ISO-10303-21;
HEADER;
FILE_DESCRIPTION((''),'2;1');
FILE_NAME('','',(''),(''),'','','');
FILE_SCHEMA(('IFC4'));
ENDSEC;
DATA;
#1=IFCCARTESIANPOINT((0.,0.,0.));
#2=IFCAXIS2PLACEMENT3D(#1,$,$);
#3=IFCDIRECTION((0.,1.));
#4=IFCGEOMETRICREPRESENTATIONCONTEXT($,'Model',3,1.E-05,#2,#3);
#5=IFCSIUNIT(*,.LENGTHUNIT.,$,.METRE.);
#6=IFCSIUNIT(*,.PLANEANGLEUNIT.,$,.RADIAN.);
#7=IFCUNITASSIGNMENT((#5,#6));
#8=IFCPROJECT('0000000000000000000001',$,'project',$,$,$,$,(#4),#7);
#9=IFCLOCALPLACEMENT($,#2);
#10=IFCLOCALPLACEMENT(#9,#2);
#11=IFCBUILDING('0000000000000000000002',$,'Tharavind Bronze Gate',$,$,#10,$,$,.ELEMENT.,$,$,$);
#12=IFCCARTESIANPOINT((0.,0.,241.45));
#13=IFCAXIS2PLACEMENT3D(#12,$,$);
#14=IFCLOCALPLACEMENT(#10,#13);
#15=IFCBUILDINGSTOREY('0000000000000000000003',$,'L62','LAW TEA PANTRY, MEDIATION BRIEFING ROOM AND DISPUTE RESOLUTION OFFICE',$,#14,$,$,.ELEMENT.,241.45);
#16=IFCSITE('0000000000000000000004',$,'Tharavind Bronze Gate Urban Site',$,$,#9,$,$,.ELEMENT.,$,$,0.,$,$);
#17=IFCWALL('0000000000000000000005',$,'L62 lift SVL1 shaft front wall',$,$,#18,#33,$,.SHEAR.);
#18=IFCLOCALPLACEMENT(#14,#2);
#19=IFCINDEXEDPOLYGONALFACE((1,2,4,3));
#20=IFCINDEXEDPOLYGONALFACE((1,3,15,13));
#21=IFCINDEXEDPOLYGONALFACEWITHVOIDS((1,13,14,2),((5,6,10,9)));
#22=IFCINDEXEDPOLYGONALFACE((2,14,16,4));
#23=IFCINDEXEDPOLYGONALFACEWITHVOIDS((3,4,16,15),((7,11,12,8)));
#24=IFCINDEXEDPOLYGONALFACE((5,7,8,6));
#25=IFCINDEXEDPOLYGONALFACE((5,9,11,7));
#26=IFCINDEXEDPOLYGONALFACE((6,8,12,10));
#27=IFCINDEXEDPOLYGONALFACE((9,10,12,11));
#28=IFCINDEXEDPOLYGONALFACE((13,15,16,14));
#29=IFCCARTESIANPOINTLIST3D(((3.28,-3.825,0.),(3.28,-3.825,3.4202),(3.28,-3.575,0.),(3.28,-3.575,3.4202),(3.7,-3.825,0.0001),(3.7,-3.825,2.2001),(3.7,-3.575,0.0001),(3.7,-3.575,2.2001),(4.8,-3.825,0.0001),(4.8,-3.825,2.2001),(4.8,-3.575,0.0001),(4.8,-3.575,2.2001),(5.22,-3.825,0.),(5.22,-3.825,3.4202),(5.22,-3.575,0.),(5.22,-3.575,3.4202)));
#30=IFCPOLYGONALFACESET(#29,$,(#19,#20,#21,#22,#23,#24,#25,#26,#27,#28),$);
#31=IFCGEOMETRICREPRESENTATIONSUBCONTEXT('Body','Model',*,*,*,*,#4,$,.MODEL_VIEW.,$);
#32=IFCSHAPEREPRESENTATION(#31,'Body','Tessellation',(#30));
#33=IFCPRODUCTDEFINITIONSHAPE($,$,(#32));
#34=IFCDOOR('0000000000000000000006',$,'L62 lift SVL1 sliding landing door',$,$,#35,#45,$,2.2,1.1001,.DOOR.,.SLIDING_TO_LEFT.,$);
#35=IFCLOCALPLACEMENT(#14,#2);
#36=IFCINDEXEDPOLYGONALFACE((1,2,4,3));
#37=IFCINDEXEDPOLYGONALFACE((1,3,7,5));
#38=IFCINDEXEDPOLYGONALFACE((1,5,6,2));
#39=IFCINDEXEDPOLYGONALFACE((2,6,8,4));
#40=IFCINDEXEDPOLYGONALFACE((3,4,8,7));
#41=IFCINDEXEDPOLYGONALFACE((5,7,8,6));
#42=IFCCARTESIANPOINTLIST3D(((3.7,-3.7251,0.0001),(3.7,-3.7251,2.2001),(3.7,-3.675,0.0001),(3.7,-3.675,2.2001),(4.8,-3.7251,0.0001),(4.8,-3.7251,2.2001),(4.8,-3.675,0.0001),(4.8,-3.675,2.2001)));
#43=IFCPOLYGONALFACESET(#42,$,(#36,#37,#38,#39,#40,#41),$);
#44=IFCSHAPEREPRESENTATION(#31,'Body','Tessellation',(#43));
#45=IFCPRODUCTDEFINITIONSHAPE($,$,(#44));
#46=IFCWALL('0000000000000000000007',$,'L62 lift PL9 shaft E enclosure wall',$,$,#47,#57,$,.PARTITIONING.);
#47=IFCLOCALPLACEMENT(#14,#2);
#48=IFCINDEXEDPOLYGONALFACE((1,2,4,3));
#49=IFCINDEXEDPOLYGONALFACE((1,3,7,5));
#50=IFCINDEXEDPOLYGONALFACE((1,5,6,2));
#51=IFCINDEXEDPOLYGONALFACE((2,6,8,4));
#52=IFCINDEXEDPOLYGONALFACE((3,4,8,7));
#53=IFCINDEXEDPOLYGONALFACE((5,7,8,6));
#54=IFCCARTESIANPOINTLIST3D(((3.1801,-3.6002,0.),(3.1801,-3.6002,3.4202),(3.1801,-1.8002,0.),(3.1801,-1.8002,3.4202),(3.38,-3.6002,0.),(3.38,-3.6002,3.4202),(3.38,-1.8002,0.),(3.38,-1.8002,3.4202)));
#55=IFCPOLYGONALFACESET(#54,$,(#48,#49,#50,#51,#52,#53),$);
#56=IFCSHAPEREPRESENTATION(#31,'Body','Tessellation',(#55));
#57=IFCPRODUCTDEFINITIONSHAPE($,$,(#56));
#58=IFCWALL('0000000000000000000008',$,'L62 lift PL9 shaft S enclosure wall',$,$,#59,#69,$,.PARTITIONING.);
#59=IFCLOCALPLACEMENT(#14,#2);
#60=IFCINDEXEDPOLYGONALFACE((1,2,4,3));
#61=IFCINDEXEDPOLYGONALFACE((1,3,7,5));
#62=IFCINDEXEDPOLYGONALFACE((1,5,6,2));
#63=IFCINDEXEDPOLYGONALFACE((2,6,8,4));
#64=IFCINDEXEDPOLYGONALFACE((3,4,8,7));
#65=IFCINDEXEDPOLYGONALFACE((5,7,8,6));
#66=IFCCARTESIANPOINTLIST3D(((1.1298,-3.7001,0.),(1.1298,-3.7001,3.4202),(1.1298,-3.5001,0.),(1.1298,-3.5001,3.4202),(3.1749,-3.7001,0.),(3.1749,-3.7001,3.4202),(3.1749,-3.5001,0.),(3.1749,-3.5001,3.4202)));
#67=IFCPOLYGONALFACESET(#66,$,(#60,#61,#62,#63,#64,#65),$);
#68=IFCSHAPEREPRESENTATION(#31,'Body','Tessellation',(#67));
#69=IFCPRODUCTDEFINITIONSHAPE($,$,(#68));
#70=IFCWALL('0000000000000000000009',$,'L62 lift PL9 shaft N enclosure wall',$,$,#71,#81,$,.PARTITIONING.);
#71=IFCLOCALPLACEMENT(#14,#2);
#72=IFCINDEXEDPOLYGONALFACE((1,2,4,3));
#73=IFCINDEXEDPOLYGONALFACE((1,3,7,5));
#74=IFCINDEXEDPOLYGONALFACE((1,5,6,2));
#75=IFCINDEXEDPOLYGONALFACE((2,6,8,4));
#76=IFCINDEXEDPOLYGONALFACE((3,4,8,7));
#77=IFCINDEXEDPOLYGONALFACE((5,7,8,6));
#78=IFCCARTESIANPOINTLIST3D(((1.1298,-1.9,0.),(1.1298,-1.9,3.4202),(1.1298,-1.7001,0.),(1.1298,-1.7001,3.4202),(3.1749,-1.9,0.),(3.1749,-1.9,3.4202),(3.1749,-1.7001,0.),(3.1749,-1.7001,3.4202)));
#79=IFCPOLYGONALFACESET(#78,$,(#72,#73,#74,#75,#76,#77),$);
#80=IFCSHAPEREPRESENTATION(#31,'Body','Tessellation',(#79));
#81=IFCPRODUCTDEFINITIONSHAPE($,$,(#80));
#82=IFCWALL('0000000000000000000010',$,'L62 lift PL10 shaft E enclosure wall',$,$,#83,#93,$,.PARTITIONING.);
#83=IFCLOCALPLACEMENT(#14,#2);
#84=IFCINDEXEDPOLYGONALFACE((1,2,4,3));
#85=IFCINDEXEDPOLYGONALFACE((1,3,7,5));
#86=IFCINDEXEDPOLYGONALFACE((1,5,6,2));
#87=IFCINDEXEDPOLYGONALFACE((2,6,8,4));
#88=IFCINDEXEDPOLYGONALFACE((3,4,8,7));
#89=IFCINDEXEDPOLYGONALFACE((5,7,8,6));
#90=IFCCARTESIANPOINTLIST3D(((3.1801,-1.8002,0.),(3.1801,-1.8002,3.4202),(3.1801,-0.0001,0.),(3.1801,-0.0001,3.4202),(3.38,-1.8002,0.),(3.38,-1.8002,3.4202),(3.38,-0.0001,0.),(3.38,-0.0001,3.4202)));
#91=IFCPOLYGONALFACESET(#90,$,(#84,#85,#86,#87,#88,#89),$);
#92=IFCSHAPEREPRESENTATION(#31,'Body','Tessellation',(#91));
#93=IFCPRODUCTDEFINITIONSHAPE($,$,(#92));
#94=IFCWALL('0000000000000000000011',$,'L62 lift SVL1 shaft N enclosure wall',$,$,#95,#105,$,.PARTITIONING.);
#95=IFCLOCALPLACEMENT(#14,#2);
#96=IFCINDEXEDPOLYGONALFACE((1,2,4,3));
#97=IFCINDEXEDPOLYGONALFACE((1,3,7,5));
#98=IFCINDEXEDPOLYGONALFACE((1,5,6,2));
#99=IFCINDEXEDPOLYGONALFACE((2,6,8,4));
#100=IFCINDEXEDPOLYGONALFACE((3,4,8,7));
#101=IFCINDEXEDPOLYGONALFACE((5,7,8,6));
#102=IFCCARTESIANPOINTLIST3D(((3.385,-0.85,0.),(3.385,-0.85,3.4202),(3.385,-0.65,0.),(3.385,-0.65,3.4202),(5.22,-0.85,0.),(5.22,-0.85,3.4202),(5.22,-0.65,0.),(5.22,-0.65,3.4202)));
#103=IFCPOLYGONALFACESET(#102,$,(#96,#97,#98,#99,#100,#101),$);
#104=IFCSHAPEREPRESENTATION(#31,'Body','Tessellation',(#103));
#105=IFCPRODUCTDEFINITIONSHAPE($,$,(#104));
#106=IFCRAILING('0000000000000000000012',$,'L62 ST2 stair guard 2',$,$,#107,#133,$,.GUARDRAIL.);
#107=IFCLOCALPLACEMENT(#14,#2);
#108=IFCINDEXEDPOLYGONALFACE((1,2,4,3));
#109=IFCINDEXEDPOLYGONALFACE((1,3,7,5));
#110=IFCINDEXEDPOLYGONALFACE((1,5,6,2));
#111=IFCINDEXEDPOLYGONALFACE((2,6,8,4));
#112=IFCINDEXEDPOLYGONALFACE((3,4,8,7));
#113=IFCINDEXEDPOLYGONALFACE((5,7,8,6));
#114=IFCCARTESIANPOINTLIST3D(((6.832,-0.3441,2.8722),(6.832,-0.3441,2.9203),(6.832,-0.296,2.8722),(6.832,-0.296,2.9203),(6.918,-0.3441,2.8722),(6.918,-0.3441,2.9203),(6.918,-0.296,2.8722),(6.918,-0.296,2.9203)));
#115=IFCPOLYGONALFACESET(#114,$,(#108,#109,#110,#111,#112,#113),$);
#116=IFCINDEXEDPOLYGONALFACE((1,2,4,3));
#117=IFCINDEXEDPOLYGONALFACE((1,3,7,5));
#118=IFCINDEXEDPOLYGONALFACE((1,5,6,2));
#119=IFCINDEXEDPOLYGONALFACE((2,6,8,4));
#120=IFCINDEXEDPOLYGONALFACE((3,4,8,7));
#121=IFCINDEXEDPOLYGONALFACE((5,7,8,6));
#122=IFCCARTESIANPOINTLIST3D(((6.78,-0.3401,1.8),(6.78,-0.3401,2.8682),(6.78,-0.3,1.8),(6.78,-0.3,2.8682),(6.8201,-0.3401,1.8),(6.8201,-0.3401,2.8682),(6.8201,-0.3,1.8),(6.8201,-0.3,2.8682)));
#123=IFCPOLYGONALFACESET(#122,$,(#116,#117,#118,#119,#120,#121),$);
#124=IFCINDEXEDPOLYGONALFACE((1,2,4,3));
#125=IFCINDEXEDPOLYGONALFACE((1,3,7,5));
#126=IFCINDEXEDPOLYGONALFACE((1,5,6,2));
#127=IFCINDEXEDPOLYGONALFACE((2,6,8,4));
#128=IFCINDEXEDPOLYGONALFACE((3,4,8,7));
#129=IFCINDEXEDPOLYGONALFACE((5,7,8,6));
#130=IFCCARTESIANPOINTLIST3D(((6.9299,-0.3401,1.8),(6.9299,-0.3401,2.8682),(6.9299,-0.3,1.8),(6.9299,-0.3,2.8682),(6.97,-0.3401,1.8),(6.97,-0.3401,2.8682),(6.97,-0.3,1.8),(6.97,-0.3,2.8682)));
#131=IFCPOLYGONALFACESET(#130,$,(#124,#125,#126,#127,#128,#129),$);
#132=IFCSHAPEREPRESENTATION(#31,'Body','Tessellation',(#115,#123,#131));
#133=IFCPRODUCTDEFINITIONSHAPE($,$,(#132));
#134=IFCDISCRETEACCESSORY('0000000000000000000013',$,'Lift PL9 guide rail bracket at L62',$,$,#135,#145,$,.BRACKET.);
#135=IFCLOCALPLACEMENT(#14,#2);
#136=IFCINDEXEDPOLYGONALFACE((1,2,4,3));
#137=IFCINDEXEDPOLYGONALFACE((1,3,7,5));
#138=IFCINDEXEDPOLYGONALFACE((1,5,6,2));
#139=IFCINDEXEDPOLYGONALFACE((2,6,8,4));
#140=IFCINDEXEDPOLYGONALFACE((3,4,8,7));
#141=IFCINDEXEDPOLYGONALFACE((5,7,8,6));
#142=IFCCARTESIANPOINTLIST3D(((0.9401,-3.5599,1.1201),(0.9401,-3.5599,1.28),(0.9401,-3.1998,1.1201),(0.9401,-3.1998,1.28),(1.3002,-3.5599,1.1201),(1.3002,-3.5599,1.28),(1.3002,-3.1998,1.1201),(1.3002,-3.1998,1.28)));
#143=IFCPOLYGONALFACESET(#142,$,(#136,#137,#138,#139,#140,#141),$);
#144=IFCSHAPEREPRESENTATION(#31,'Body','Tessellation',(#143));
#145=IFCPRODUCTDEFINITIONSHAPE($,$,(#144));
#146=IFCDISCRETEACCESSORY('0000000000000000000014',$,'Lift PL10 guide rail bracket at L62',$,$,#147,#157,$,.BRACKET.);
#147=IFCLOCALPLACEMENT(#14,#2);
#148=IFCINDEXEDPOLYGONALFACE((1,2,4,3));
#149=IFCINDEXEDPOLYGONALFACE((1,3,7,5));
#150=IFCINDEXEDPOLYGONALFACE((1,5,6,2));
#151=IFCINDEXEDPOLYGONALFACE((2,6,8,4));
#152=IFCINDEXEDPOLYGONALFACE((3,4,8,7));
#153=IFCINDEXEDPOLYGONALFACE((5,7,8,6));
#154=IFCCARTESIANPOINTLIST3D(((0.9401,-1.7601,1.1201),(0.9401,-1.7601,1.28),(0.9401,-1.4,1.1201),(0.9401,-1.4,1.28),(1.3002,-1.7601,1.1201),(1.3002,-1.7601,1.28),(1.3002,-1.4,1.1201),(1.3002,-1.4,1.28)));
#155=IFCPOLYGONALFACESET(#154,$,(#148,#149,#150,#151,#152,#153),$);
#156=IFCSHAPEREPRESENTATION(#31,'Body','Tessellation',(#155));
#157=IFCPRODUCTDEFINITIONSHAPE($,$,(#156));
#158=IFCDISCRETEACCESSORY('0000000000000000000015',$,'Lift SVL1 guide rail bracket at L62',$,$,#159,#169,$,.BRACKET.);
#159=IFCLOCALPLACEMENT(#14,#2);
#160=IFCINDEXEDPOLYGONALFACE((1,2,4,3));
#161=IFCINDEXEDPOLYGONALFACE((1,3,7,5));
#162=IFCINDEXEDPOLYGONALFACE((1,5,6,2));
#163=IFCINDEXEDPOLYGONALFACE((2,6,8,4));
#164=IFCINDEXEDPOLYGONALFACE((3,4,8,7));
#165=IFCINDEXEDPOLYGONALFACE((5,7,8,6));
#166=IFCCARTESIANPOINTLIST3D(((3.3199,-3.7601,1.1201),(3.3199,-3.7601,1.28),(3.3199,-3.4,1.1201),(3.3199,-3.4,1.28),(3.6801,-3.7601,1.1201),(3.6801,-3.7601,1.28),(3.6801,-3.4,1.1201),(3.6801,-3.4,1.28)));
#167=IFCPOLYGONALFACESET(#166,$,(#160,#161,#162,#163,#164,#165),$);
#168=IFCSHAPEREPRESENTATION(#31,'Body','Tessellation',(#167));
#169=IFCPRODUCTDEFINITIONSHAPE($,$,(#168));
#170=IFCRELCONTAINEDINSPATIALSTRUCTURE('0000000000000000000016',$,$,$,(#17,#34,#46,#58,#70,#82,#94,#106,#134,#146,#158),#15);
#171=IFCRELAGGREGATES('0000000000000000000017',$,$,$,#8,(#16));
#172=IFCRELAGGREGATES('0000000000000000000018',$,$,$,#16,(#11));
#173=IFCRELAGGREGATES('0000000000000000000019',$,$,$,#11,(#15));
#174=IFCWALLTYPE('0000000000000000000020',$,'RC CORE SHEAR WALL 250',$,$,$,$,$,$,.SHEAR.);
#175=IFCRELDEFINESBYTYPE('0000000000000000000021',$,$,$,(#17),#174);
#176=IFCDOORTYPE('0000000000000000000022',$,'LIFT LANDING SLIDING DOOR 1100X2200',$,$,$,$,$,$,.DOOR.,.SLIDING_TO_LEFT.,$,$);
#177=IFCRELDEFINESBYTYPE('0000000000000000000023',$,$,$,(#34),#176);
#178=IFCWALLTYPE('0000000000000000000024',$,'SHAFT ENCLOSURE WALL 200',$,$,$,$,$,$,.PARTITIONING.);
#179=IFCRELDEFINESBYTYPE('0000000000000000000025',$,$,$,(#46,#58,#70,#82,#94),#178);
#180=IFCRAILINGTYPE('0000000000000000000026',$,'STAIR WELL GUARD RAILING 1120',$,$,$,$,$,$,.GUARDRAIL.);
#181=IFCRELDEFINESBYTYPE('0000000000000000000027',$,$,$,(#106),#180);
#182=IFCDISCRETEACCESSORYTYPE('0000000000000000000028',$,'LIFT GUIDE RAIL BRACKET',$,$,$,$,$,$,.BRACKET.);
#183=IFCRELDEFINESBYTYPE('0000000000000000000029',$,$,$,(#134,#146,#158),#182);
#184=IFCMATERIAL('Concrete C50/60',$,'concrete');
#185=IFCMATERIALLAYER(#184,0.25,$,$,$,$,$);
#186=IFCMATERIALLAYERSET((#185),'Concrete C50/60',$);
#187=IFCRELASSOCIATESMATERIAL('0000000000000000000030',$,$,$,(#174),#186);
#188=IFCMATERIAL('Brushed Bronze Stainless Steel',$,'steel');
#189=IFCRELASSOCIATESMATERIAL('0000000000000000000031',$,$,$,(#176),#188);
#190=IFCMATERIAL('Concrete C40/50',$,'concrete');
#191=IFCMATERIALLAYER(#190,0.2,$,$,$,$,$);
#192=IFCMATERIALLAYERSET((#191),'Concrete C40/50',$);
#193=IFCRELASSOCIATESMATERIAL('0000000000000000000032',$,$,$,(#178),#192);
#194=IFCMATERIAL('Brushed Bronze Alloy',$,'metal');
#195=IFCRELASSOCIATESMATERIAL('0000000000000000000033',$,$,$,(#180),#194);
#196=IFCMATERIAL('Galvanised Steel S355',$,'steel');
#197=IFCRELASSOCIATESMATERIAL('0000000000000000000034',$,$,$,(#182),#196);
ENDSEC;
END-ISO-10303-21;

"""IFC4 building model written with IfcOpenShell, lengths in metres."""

from ifc_helpers import new_model, si_unit, direction, frame, frame_2d, origin, origin_2d, place, context, subcontext, project, spatial, rectangle, extrude, material, layer, layer_set, type_object, element, fill, save


model = new_model("IFC4")

# Units and contexts
model_context = context("Model", 3, precision=1e-05, world=origin(), true_north=direction((0.0, 1.0)))
body_context = subcontext(model_context, "Body", "Model", "MODEL_VIEW")
ifc_project = project(units=[si_unit("LENGTHUNIT", "METRE"), si_unit("PLANEANGLEUNIT", "RADIAN")], contexts=[model_context])

# Site, building, storey
site_placement = place(None, origin())
site = spatial("IfcSite", under=ifc_project, at=site_placement, Name="Tharavind Bronze Gate Urban Site", CompositionType="ELEMENT", RefElevation=0.0)
building_placement = place(site_placement, origin())
building = spatial("IfcBuilding", under=site, at=building_placement, Name="Tharavind Bronze Gate", CompositionType="ELEMENT")
storey_placement = place(building_placement, frame((0.0, 0.0, 241.45)))
storey = spatial("IfcBuildingStorey", under=building, at=storey_placement, Name="L62", Description="LAW TEA PANTRY, MEDIATION BRIEFING ROOM AND DISPUTE RESOLUTION OFFICE", CompositionType="ELEMENT", Elevation=241.45)

# Shared definitions
ifc_material_1 = material(Name="Concrete C50/60", Category="concrete")
ifc_layer_1 = layer(ifc_material_1, 0.25)
ifc_layer_set_1 = layer_set([ifc_layer_1], Name="Concrete C50/60")
wall_type_1 = type_object("IfcWallType", Name="RC CORE SHEAR WALL 250", PredefinedType="SHEAR", material=ifc_layer_set_1)

# Wall, opening, door
ifc_material_2 = material(Name="Brushed Bronze Stainless Steel", Category="steel")
door_type = type_object("IfcDoorType", Name="LIFT LANDING SLIDING DOOR 1100X2200", OperationType="SLIDING_TO_LEFT", PredefinedType="DOOR", material=ifc_material_2)
wall_1_placement = place(storey_placement, frame((3.28, -3.7, 0.0), z_axis=(0.0, 0.0, 1.0), x_axis=(1.0, 0.0, 0.0)))
wall_1 = element("IfcWall", 1, at=wall_1_placement, inside=storey, type_object=wall_type_1, Name="L62 lift SVL1 shaft front wall", PredefinedType="SHEAR", context=body_context, shape_type="SweptSolid", body=[
    extrude(rectangle(XDim=1.9399, YDim=0.25, at=frame_2d((0.97, 0.0))), origin(), (0.0, 0.0, 1.0), 3.4202),
])
opening_1_placement = place(wall_1_placement, frame((0.4199, 0.0, 0.0)))
opening_1 = element("IfcOpeningElement", 2, at=opening_1_placement, cuts=wall_1, PredefinedType="OPENING", context=body_context, shape_type="SweptSolid", body=[
    extrude(rectangle(XDim=1.1001, YDim=2.2, at=frame_2d((0.55, 1.1001))), frame((0.0, 0.135, 0.0), z_axis=(0.0, -1.0, 0.0), x_axis=(1.0, 0.0, 0.0)), (0.0, 0.0, 1.0), 0.27),
])
door_1_placement = place(opening_1_placement, origin())
door_1 = element("IfcDoor", 3, at=door_1_placement, inside=storey, type_object=door_type, Name="L62 lift SVL1 sliding landing door", OperationType="SLIDING_TO_LEFT", OverallHeight=2.2, OverallWidth=1.1001, PredefinedType="DOOR", context=body_context, shape_type="SweptSolid", body=[
    extrude(rectangle(XDim=1.1001, YDim=2.2, at=frame_2d((0.55, 1.1001))), frame((0.0, 0.0249, 0.0), z_axis=(0.0, -1.0, 0.0), x_axis=(1.0, 0.0, 0.0)), (0.0, 0.0, 1.0), 0.05),
])
fill(opening_1, door_1)

# Walls
ifc_material_3 = material(Name="Concrete C40/50", Category="concrete")
ifc_layer_2 = layer(ifc_material_3, 0.2)
ifc_layer_set_2 = layer_set([ifc_layer_2], Name="Concrete C40/50")
wall_type_2 = type_object("IfcWallType", Name="SHAFT ENCLOSURE WALL 200", PredefinedType="PARTITIONING", material=ifc_layer_set_2)
wall_2_placement = place(storey_placement, frame((3.28, -3.6001, 0.0), z_axis=(0.0, 0.0, 1.0), x_axis=(0.0, 1.0, 0.0)))
element("IfcWall", 4, at=wall_2_placement, inside=storey, type_object=wall_type_2, Name="L62 lift PL9 shaft E enclosure wall", PredefinedType="PARTITIONING", context=body_context, shape_type="SweptSolid", body=[
    extrude(rectangle(XDim=1.8, YDim=0.2, at=frame_2d((0.8999, 0.0))), origin(), (0.0, 0.0, 1.0), 3.4202),
])
for number, where, z_axis, x_axis, name in (
    (5, (1.1299, -3.6001, 0.0), (0.0, 0.0, 1.0), (1.0, 0.0, 0.0), "L62 lift PL9 shaft S enclosure wall"),
    (6, (1.1299, -1.8, 0.0), (0.0, 0.0, 1.0), (1.0, 0.0, 0.0), "L62 lift PL9 shaft N enclosure wall"),
):
    element("IfcWall", number, at=place(storey_placement, frame(where, z_axis=z_axis, x_axis=x_axis)), inside=storey, type_object=wall_type_2, Name=name, PredefinedType="PARTITIONING", context=body_context, shape_type="SweptSolid", body=[
        extrude(rectangle(XDim=2.0452, YDim=0.2, at=frame_2d((1.0225, 0.0))), origin(), (0.0, 0.0, 1.0), 3.4202),
    ])
wall_3_placement = place(storey_placement, frame((3.28, -1.8, 0.0), z_axis=(0.0, 0.0, 1.0), x_axis=(0.0, 1.0, 0.0)))
element("IfcWall", 7, at=wall_3_placement, inside=storey, type_object=wall_type_2, Name="L62 lift PL10 shaft E enclosure wall", PredefinedType="PARTITIONING", context=body_context, shape_type="SweptSolid", body=[
    extrude(rectangle(XDim=1.8, YDim=0.2, at=frame_2d((0.8999, 0.0))), origin(), (0.0, 0.0, 1.0), 3.4202),
])
wall_4_placement = place(storey_placement, frame((3.385, -0.75, 0.0), z_axis=(0.0, 0.0, 1.0), x_axis=(1.0, 0.0, 0.0)))
element("IfcWall", 8, at=wall_4_placement, inside=storey, type_object=wall_type_2, Name="L62 lift SVL1 shaft N enclosure wall", PredefinedType="PARTITIONING", context=body_context, shape_type="SweptSolid", body=[
    extrude(rectangle(XDim=1.835, YDim=0.2, at=frame_2d((0.9175, 0.0))), origin(), (0.0, 0.0, 1.0), 3.4202),
])

# Railing
ifc_material_4 = material(Name="Brushed Bronze Alloy", Category="metal")
railing_type = type_object("IfcRailingType", Name="STAIR WELL GUARD RAILING 1120", PredefinedType="GUARDRAIL", material=ifc_material_4)
railing_placement = place(storey_placement, frame((6.8, -0.3201, 1.8)))
element("IfcRailing", 9, at=railing_placement, inside=storey, type_object=railing_type, Name="L62 ST2 stair guard 2", PredefinedType="GUARDRAIL", context=body_context, shape_type="SweptSolid", body=[
    extrude(rectangle(XDim=0.0481, YDim=0.0481, at=origin_2d()), frame((0.032, 0.0, 1.0962), z_axis=(1.0, 0.0, 0.0), x_axis=(0.0, 1.0, 0.0)), (0.0, 0.0, 1.0), 0.0859),
    extrude(rectangle(XDim=0.04, YDim=0.04, at=origin_2d()), origin(), (0.0, 0.0, 1.0), 1.0681),
    extrude(rectangle(XDim=0.04, YDim=0.04, at=origin_2d()), frame((0.1499, 0.0, 0.0)), (0.0, 0.0, 1.0), 1.0681),
])

# Discrete accessories
ifc_material_5 = material(Name="Galvanised Steel S355", Category="steel")
discrete_accessory_type = type_object("IfcDiscreteAccessoryType", Name="LIFT GUIDE RAIL BRACKET", PredefinedType="BRACKET", material=ifc_material_5)
for number, where, z_axis, x_axis, name in (
    (10, (1.1201, -3.3799, 1.1201), (0.0, 0.0, 1.0), (1.0, 0.0, 0.0), "Lift PL9 guide rail bracket at L62"),
    (11, (1.1201, -1.5801, 1.1201), (0.0, 0.0, 1.0), (1.0, 0.0, 0.0), "Lift PL10 guide rail bracket at L62"),
    (12, (3.5, -3.5801, 1.1201), (0.0, 0.0, 1.0), (1.0, 0.0, 0.0), "Lift SVL1 guide rail bracket at L62"),
):
    element("IfcDiscreteAccessory", number, at=place(storey_placement, frame(where, z_axis=z_axis, x_axis=x_axis)), inside=storey, type_object=discrete_accessory_type, Name=name, PredefinedType="BRACKET", context=body_context, shape_type="SweptSolid", body=[
        extrude(rectangle(XDim=0.3601, YDim=0.3601, at=origin_2d()), origin(), (0.0, 0.0, 1.0), 0.1599),
    ])

save(model, "model.ifc")
